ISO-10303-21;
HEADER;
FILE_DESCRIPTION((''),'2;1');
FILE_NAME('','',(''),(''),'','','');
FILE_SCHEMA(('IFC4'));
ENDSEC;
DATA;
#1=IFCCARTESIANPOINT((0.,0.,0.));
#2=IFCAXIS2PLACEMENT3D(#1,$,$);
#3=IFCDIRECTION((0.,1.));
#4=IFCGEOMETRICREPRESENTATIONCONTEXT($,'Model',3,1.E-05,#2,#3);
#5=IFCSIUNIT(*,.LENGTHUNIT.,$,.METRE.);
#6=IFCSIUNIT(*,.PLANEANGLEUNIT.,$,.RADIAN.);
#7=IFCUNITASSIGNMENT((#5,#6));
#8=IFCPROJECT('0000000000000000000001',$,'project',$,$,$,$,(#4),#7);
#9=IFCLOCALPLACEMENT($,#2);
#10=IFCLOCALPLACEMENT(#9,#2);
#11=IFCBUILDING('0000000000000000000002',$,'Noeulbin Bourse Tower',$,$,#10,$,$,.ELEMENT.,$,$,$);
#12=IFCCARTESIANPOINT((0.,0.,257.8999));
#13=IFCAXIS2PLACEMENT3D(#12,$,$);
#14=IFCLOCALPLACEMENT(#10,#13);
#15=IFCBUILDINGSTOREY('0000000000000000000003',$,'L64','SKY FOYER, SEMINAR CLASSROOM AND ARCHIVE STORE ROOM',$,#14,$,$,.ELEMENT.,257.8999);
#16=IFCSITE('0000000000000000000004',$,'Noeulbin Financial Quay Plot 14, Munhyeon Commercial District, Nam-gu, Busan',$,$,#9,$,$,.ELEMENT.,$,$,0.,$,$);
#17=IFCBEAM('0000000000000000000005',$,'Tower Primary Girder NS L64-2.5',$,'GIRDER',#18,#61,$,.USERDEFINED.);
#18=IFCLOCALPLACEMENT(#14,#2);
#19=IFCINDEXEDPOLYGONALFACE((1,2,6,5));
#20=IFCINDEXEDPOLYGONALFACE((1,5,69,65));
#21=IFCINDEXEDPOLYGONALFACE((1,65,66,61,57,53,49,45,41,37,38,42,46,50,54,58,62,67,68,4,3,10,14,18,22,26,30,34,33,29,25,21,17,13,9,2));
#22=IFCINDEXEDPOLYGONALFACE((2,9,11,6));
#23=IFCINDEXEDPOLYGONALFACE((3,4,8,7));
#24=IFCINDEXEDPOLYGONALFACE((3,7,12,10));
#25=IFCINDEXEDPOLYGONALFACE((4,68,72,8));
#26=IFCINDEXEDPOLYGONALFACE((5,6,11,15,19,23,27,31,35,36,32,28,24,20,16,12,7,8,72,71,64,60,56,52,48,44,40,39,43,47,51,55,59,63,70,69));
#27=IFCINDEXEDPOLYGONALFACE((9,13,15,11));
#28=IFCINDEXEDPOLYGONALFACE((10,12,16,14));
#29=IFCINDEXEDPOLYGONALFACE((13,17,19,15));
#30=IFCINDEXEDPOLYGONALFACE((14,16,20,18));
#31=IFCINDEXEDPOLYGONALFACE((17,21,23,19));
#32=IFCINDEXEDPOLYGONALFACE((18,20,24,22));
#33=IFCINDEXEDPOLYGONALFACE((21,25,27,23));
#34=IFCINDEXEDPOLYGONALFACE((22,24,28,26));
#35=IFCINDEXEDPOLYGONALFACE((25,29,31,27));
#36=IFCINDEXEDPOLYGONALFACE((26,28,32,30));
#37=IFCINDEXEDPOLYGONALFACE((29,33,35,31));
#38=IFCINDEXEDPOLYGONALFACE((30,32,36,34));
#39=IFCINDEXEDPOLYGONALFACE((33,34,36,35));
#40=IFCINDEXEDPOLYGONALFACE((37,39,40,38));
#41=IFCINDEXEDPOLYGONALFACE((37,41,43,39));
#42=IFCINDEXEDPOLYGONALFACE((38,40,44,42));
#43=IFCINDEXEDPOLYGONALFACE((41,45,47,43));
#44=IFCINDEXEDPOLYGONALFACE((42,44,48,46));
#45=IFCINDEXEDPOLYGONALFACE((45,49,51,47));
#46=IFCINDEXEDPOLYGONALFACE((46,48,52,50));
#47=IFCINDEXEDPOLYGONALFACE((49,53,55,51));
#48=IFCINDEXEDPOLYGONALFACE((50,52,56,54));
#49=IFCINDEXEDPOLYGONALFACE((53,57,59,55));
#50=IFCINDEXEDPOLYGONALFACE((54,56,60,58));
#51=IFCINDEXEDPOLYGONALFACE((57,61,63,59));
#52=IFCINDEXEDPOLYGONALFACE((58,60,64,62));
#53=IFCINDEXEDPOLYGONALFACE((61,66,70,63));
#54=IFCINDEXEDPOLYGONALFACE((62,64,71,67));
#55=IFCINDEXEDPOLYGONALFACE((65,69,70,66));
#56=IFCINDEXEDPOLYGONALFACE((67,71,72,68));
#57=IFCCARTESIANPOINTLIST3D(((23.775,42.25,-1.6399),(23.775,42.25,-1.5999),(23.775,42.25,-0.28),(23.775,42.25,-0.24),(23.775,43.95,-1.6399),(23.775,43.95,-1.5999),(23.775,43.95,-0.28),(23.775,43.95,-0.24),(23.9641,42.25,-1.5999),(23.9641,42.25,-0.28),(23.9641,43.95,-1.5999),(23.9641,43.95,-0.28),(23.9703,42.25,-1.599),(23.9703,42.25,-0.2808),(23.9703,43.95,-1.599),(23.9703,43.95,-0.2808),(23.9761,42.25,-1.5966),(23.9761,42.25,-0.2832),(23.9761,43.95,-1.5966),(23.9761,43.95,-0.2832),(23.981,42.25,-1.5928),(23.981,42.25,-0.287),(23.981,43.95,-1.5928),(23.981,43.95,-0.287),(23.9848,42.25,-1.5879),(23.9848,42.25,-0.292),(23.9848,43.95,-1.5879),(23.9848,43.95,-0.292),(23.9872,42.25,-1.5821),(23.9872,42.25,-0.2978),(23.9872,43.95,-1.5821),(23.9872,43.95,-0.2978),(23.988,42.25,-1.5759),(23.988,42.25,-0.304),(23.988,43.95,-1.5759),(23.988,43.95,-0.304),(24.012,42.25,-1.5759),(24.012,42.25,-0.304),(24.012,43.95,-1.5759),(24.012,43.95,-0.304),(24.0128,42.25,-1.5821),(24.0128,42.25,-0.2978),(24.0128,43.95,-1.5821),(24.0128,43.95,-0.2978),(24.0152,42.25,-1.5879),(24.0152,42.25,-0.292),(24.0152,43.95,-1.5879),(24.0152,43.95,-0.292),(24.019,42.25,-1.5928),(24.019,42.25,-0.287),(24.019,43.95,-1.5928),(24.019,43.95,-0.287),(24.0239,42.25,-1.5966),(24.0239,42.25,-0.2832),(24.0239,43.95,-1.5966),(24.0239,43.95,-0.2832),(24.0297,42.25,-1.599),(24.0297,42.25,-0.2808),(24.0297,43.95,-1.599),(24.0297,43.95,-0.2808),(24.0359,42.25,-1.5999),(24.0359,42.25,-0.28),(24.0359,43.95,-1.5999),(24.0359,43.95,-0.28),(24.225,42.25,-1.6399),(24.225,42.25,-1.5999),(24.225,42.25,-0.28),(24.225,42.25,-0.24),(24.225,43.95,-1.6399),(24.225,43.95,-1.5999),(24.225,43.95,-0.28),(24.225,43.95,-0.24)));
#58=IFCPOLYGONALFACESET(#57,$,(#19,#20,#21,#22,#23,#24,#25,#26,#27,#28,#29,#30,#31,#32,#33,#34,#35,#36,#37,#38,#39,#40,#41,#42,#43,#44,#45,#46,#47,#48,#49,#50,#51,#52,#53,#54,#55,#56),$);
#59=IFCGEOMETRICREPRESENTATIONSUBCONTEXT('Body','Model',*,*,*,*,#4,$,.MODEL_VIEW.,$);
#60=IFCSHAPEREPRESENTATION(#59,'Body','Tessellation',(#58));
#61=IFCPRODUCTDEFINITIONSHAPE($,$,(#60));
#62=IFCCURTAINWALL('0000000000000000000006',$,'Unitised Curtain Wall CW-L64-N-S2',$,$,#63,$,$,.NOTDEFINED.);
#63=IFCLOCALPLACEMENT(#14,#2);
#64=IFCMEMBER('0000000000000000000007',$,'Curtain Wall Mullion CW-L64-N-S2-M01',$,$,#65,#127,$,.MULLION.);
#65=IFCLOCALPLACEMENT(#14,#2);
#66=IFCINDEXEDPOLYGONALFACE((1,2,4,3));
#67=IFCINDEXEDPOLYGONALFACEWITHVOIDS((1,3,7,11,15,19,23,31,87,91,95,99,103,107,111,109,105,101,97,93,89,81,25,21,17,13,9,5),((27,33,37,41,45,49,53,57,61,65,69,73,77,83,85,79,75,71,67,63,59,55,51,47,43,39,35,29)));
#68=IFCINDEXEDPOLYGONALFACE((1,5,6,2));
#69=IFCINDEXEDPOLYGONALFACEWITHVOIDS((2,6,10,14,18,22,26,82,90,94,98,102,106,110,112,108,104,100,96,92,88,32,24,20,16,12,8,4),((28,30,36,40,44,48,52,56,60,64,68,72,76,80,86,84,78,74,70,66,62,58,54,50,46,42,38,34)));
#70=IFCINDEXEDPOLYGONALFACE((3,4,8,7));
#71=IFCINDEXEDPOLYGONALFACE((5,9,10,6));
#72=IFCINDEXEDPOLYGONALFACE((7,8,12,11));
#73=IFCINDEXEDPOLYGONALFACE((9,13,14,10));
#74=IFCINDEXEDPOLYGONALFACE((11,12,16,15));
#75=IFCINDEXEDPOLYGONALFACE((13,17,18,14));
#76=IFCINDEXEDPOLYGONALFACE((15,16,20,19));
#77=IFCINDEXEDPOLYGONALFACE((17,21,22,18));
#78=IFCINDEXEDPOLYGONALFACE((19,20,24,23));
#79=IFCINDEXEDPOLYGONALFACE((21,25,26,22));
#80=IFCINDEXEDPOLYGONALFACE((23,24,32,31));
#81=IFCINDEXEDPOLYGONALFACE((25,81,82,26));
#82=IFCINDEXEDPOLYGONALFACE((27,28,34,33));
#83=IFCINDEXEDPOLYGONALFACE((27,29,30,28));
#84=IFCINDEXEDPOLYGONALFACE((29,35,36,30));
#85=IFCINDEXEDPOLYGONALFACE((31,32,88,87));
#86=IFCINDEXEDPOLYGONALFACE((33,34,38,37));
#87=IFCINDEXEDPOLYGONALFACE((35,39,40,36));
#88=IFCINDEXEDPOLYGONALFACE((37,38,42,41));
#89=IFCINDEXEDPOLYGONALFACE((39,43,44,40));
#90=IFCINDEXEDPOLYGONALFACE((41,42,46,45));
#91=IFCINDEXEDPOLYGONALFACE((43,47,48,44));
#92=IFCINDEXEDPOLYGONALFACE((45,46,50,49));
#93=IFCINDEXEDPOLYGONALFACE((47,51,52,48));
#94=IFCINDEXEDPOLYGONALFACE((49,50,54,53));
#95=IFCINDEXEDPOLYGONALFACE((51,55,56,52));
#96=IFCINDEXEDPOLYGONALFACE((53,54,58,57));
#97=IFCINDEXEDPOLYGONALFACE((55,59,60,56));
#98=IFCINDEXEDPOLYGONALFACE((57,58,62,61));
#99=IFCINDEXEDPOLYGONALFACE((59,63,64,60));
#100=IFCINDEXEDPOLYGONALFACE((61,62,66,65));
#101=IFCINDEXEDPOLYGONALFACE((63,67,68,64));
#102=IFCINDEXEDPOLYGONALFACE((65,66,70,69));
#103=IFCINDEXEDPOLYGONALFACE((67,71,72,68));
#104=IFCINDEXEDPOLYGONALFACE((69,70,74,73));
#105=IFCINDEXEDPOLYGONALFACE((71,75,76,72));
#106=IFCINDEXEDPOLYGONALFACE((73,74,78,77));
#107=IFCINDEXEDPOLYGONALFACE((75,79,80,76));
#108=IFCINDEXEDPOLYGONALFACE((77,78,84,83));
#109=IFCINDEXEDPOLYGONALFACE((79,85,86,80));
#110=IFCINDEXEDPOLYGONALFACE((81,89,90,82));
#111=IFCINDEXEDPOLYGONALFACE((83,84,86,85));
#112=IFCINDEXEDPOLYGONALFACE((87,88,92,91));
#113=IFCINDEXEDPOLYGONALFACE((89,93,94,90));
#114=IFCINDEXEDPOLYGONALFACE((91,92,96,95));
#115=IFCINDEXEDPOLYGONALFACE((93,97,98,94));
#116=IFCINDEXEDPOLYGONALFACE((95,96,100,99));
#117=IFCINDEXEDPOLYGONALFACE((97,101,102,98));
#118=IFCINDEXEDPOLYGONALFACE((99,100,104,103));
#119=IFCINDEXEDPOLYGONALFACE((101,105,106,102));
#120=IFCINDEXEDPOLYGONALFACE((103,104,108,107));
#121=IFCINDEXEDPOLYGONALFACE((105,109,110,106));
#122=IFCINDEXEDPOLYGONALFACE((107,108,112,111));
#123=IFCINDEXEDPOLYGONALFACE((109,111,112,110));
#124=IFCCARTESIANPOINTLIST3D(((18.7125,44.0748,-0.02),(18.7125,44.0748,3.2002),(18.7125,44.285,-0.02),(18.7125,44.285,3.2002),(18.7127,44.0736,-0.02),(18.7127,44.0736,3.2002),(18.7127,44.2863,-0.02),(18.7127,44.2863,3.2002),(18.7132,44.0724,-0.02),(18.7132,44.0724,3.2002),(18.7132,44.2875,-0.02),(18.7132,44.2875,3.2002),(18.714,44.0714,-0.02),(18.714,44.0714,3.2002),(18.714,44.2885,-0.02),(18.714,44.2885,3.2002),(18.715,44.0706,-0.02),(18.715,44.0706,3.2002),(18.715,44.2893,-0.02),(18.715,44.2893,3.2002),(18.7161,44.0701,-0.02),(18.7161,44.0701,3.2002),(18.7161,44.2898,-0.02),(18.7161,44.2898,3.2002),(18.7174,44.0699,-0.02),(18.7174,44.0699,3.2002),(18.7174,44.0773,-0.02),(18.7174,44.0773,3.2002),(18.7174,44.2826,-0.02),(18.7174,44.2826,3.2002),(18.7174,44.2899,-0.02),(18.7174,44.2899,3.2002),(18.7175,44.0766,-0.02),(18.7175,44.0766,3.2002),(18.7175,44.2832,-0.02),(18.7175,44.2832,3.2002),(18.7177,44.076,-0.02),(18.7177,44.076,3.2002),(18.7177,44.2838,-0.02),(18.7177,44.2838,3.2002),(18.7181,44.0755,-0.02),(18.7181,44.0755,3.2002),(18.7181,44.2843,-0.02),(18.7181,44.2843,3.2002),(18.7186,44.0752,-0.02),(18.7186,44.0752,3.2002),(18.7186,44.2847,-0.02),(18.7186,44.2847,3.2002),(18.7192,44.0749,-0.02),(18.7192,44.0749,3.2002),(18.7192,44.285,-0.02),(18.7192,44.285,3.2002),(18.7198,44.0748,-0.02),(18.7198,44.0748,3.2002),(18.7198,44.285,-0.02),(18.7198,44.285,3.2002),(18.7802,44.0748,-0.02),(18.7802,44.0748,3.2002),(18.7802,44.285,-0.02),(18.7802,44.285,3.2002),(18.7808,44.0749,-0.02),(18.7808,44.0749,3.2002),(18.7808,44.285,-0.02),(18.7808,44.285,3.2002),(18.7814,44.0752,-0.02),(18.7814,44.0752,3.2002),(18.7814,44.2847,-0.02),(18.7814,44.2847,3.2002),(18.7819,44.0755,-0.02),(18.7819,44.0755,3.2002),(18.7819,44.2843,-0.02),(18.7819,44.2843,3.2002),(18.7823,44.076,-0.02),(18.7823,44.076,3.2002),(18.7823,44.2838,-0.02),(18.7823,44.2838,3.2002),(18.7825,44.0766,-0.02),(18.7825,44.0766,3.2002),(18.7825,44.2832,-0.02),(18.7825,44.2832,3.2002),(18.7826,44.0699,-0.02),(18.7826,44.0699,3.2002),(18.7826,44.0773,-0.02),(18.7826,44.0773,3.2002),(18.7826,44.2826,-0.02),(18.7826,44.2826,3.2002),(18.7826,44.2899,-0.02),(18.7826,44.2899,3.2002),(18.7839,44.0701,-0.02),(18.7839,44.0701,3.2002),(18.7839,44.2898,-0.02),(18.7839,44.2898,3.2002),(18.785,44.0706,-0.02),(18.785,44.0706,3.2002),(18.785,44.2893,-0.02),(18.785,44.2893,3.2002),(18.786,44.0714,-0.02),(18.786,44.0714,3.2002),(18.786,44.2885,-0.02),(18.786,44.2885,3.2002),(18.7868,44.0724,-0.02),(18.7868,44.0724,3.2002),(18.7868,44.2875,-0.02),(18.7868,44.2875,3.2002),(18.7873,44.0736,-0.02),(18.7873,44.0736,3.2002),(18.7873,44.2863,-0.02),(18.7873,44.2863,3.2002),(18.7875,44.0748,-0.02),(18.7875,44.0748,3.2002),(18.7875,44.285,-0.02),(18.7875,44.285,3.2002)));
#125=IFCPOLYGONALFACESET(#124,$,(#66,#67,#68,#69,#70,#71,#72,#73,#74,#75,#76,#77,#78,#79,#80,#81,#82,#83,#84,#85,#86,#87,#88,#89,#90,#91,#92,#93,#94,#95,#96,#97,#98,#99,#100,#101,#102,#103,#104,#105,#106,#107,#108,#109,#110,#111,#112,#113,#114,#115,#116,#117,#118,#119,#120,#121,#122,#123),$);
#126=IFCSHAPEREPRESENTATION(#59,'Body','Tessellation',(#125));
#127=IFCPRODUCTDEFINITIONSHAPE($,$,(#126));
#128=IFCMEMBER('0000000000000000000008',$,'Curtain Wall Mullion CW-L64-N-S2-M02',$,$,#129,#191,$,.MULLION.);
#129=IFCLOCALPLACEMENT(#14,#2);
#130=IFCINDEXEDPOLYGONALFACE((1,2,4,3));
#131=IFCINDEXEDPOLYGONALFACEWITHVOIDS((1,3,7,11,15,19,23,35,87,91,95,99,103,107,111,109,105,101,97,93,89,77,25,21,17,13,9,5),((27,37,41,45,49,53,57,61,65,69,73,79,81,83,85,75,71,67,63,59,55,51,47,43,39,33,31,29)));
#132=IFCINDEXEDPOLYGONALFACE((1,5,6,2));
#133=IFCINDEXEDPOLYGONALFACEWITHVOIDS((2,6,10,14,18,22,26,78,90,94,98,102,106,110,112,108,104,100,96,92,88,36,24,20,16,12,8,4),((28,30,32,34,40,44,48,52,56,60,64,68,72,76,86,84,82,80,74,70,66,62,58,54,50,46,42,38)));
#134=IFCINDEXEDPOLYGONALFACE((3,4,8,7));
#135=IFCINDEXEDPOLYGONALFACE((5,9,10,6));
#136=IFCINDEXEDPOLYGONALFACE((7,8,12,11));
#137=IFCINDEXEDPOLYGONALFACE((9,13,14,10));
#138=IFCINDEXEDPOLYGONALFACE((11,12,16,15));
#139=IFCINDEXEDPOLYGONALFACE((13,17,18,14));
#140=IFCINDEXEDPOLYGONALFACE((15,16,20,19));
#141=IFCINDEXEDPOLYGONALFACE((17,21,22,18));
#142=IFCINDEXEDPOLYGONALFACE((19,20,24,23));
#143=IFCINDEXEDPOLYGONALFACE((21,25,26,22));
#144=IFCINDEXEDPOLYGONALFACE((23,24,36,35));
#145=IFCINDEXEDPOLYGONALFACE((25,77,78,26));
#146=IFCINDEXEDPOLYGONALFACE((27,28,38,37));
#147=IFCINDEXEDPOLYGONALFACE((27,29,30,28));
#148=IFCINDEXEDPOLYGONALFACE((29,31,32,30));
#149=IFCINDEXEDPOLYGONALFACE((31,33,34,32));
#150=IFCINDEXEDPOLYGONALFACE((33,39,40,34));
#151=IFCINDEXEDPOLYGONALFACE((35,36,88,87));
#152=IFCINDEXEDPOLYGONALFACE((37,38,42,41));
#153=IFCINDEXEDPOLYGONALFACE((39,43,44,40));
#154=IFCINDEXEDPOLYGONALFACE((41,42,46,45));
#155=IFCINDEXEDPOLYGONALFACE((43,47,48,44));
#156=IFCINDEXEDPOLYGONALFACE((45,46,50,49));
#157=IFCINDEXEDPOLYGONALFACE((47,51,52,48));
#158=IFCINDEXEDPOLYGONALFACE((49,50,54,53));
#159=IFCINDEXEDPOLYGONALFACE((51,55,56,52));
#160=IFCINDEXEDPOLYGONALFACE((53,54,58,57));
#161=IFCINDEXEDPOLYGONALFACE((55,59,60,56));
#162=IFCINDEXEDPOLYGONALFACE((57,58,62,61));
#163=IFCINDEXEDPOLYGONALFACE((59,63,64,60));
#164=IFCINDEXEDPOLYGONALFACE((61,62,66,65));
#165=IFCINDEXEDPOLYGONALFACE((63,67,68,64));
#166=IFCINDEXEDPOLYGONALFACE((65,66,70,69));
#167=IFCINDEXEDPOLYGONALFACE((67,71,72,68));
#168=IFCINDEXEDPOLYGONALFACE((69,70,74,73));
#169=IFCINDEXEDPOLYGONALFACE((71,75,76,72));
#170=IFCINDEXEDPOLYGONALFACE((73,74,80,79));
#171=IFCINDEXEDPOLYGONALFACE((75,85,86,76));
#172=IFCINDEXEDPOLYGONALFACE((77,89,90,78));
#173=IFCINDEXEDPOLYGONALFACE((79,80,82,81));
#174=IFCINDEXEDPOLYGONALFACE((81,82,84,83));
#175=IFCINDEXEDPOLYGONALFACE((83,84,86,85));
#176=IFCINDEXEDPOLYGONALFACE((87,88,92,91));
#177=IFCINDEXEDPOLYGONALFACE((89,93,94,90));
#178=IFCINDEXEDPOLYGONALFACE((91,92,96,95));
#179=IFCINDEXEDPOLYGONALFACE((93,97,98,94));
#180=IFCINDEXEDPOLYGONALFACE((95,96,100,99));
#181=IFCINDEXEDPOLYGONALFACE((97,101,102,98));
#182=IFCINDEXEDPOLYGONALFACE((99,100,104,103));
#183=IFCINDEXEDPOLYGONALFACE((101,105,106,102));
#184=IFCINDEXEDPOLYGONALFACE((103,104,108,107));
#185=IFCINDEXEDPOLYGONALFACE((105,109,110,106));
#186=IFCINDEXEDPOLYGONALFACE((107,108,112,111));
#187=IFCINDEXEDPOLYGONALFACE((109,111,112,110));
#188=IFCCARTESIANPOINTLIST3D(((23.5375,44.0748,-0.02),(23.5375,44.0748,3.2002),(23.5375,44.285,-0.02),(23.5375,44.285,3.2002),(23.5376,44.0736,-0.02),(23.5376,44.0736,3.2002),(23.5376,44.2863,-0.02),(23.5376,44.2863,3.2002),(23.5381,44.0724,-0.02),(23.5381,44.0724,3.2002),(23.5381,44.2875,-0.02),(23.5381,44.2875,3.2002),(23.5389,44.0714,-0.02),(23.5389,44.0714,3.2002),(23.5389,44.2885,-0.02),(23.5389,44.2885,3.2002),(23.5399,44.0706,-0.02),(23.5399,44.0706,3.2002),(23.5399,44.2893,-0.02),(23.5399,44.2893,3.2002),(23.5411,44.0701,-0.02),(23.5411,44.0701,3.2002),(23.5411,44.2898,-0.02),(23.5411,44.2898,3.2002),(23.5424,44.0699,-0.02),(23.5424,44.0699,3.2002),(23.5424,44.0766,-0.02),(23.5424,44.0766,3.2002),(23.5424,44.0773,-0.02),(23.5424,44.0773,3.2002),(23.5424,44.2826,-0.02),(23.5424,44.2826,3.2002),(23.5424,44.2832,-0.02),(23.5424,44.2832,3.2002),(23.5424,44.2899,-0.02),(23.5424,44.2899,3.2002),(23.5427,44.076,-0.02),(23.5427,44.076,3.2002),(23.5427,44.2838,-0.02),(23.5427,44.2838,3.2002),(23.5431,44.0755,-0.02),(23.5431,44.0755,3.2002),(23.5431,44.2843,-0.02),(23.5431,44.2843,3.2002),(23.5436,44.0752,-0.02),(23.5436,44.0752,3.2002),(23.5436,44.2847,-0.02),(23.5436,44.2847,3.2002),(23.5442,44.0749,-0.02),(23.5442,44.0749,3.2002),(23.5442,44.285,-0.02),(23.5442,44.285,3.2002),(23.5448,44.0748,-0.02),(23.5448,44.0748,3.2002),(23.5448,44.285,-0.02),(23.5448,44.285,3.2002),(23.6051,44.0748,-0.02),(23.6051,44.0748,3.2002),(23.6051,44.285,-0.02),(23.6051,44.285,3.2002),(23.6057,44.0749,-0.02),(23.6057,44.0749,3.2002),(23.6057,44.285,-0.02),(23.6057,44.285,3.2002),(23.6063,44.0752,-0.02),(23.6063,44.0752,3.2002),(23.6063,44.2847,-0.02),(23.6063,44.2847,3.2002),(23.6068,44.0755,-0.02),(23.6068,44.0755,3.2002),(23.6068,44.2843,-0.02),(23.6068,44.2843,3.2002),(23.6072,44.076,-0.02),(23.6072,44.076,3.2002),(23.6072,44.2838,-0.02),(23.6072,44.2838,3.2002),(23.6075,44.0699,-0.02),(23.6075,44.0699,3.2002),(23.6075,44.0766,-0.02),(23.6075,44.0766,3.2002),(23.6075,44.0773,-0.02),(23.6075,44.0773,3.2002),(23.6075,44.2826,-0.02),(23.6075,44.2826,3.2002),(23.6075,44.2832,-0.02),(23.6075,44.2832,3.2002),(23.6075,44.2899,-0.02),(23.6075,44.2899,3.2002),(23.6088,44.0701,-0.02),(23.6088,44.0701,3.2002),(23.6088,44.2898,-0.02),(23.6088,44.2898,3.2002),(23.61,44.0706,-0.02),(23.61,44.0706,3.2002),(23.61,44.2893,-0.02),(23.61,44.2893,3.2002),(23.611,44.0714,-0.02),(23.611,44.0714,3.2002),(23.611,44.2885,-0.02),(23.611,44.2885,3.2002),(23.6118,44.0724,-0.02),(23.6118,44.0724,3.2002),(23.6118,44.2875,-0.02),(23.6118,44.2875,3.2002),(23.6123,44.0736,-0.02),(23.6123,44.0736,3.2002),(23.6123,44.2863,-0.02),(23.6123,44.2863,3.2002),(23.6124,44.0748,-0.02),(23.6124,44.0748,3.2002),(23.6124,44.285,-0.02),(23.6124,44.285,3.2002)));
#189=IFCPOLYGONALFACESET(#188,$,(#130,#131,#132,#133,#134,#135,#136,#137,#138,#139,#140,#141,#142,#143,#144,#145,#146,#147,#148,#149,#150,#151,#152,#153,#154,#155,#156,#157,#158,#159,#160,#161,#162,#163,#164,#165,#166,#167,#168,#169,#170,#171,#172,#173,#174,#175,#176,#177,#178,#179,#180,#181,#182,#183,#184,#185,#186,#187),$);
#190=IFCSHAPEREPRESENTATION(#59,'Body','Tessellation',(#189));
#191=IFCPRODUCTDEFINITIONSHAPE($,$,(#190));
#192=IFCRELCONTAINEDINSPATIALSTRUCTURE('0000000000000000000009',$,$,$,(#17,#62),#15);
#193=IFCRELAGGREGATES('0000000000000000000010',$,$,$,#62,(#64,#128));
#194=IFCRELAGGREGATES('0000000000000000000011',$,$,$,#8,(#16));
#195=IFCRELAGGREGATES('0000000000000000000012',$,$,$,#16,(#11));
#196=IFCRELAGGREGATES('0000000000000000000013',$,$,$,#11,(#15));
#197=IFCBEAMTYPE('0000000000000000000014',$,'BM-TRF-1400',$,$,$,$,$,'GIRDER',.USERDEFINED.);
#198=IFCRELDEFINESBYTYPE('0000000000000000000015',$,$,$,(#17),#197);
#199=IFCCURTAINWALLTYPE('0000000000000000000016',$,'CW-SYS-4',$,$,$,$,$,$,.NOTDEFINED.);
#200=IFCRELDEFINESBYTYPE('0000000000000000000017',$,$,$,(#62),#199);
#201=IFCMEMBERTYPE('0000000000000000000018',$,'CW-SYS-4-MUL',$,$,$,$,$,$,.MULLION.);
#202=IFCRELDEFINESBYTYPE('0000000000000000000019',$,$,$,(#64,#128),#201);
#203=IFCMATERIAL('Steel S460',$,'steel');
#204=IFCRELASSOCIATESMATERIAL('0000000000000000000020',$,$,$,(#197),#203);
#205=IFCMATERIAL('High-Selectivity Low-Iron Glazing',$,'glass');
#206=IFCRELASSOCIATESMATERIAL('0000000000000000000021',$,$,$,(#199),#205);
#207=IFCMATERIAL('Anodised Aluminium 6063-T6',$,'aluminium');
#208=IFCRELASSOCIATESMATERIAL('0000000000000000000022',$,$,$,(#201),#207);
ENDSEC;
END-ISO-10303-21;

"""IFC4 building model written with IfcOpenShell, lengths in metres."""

from ifc_helpers import new_model, si_unit, direction, frame, origin, origin_2d, place, context, subcontext, project, spatial, hollow_rectangle, i_section, extrude, material, material_profile, profile_set, type_object, element, aggregate, save


model = new_model("IFC4")

# Units and contexts
model_context = context("Model", 3, precision=1e-05, world=origin(), true_north=direction((0.0, 1.0)))
body_context = subcontext(model_context, "Body", "Model", "MODEL_VIEW")
ifc_project = project(units=[si_unit("LENGTHUNIT", "METRE"), si_unit("PLANEANGLEUNIT", "RADIAN")], contexts=[model_context])

# Site, building, storey
site_placement = place(None, origin())
site = spatial("IfcSite", under=ifc_project, at=site_placement, Name="Noeulbin Financial Quay Plot 14, Munhyeon Commercial District, Nam-gu, Busan", CompositionType="ELEMENT", RefElevation=0.0)
building_placement = place(site_placement, origin())
building = spatial("IfcBuilding", under=site, at=building_placement, Name="Noeulbin Bourse Tower", CompositionType="ELEMENT")
storey_placement = place(building_placement, frame((0.0, 0.0, 257.8999)))
storey = spatial("IfcBuildingStorey", under=building, at=storey_placement, Name="L64", Description="SKY FOYER, SEMINAR CLASSROOM AND ARCHIVE STORE ROOM", CompositionType="ELEMENT", Elevation=257.8999)

# Beam
ifc_material_1 = material(Name="Steel S460", Category="steel")
ifc_material_profile_1 = material_profile(ifc_material_1, i_section(OverallWidth=0.45, OverallDepth=1.3999, WebThickness=0.0239, FlangeThickness=0.04, FilletRadius=0.0239, at=origin_2d()), Name="PG-1400x450x24x40", Category="LoadBearing")
ifc_profile_set_1 = profile_set([ifc_material_profile_1], Name="Steel S460")
beam_type_1 = type_object("IfcBeamType", Name="BM-TRF-1400", ElementType="GIRDER", PredefinedType="USERDEFINED", material=ifc_profile_set_1)
beam_1_placement = place(storey_placement, frame((24.0, 42.25, -0.9399), z_axis=(0.0, 1.0, 0.0), x_axis=(-1.0, 0.0, 0.0)))
element("IfcBeam", 1, at=beam_1_placement, inside=storey, type_object=beam_type_1, Name="Tower Primary Girder NS L64-2.5", ObjectType="GIRDER", PredefinedType="USERDEFINED", context=body_context, shape_type="SweptSolid", body=[
    extrude(i_section(OverallWidth=0.45, OverallDepth=1.3999, WebThickness=0.0239, FlangeThickness=0.04, FilletRadius=0.0239, at=origin_2d()), origin(), (0.0, 0.0, 1.0), 1.7),
])

# Curtain wall, members
ifc_material_2 = material(Name="High-Selectivity Low-Iron Glazing", Category="glass")
curtain_wall_type = type_object("IfcCurtainWallType", Name="CW-SYS-4", PredefinedType="NOTDEFINED", material=ifc_material_2)
curtain_wall_placement = place(storey_placement, origin())
curtain_wall = element("IfcCurtainWall", 2, at=curtain_wall_placement, inside=storey, type_object=curtain_wall_type, Name="Unitised Curtain Wall CW-L64-N-S2", PredefinedType="NOTDEFINED")
ifc_material_3 = material(Name="Anodised Aluminium 6063-T6", Category="aluminium")
ifc_material_profile_2 = material_profile(ifc_material_3, hollow_rectangle(XDim=0.075, YDim=0.22, WallThickness=0.0049, InnerFilletRadius=0.0024, OuterFilletRadius=0.0049, at=origin_2d()), Name="ALU-MULL-75x220x5", Category="LoadBearing")
ifc_profile_set_2 = profile_set([ifc_material_profile_2], Name="Anodised Aluminium 6063-T6")
member_type = type_object("IfcMemberType", Name="CW-SYS-4-MUL", PredefinedType="MULLION", material=ifc_profile_set_2)
member_1_placement = place(storey_placement, frame((18.75, 44.1799, -0.02), z_axis=(0.0, 0.0, 1.0), x_axis=(1.0, 0.0, 0.0)))
member_1 = element("IfcMember", 3, at=member_1_placement, type_object=member_type, Name="Curtain Wall Mullion CW-L64-N-S2-M01", PredefinedType="MULLION", context=body_context, shape_type="SweptSolid", body=[
    extrude(hollow_rectangle(XDim=0.075, YDim=0.22, WallThickness=0.0049, InnerFilletRadius=0.0024, OuterFilletRadius=0.0049, at=origin_2d()), origin(), (0.0, 0.0, 1.0), 3.2202),
])
member_2_placement = place(storey_placement, frame((23.575, 44.1799, -0.02), z_axis=(0.0, 0.0, 1.0), x_axis=(1.0, 0.0, 0.0)))
member_2 = element("IfcMember", 4, at=member_2_placement, type_object=member_type, Name="Curtain Wall Mullion CW-L64-N-S2-M02", PredefinedType="MULLION", context=body_context, shape_type="SweptSolid", body=[
    extrude(hollow_rectangle(XDim=0.075, YDim=0.22, WallThickness=0.0049, InnerFilletRadius=0.0024, OuterFilletRadius=0.0049, at=origin_2d()), origin(), (0.0, 0.0, 1.0), 3.2202),
])
aggregate(curtain_wall, [member_1, member_2])

save(model, "model.ifc")
